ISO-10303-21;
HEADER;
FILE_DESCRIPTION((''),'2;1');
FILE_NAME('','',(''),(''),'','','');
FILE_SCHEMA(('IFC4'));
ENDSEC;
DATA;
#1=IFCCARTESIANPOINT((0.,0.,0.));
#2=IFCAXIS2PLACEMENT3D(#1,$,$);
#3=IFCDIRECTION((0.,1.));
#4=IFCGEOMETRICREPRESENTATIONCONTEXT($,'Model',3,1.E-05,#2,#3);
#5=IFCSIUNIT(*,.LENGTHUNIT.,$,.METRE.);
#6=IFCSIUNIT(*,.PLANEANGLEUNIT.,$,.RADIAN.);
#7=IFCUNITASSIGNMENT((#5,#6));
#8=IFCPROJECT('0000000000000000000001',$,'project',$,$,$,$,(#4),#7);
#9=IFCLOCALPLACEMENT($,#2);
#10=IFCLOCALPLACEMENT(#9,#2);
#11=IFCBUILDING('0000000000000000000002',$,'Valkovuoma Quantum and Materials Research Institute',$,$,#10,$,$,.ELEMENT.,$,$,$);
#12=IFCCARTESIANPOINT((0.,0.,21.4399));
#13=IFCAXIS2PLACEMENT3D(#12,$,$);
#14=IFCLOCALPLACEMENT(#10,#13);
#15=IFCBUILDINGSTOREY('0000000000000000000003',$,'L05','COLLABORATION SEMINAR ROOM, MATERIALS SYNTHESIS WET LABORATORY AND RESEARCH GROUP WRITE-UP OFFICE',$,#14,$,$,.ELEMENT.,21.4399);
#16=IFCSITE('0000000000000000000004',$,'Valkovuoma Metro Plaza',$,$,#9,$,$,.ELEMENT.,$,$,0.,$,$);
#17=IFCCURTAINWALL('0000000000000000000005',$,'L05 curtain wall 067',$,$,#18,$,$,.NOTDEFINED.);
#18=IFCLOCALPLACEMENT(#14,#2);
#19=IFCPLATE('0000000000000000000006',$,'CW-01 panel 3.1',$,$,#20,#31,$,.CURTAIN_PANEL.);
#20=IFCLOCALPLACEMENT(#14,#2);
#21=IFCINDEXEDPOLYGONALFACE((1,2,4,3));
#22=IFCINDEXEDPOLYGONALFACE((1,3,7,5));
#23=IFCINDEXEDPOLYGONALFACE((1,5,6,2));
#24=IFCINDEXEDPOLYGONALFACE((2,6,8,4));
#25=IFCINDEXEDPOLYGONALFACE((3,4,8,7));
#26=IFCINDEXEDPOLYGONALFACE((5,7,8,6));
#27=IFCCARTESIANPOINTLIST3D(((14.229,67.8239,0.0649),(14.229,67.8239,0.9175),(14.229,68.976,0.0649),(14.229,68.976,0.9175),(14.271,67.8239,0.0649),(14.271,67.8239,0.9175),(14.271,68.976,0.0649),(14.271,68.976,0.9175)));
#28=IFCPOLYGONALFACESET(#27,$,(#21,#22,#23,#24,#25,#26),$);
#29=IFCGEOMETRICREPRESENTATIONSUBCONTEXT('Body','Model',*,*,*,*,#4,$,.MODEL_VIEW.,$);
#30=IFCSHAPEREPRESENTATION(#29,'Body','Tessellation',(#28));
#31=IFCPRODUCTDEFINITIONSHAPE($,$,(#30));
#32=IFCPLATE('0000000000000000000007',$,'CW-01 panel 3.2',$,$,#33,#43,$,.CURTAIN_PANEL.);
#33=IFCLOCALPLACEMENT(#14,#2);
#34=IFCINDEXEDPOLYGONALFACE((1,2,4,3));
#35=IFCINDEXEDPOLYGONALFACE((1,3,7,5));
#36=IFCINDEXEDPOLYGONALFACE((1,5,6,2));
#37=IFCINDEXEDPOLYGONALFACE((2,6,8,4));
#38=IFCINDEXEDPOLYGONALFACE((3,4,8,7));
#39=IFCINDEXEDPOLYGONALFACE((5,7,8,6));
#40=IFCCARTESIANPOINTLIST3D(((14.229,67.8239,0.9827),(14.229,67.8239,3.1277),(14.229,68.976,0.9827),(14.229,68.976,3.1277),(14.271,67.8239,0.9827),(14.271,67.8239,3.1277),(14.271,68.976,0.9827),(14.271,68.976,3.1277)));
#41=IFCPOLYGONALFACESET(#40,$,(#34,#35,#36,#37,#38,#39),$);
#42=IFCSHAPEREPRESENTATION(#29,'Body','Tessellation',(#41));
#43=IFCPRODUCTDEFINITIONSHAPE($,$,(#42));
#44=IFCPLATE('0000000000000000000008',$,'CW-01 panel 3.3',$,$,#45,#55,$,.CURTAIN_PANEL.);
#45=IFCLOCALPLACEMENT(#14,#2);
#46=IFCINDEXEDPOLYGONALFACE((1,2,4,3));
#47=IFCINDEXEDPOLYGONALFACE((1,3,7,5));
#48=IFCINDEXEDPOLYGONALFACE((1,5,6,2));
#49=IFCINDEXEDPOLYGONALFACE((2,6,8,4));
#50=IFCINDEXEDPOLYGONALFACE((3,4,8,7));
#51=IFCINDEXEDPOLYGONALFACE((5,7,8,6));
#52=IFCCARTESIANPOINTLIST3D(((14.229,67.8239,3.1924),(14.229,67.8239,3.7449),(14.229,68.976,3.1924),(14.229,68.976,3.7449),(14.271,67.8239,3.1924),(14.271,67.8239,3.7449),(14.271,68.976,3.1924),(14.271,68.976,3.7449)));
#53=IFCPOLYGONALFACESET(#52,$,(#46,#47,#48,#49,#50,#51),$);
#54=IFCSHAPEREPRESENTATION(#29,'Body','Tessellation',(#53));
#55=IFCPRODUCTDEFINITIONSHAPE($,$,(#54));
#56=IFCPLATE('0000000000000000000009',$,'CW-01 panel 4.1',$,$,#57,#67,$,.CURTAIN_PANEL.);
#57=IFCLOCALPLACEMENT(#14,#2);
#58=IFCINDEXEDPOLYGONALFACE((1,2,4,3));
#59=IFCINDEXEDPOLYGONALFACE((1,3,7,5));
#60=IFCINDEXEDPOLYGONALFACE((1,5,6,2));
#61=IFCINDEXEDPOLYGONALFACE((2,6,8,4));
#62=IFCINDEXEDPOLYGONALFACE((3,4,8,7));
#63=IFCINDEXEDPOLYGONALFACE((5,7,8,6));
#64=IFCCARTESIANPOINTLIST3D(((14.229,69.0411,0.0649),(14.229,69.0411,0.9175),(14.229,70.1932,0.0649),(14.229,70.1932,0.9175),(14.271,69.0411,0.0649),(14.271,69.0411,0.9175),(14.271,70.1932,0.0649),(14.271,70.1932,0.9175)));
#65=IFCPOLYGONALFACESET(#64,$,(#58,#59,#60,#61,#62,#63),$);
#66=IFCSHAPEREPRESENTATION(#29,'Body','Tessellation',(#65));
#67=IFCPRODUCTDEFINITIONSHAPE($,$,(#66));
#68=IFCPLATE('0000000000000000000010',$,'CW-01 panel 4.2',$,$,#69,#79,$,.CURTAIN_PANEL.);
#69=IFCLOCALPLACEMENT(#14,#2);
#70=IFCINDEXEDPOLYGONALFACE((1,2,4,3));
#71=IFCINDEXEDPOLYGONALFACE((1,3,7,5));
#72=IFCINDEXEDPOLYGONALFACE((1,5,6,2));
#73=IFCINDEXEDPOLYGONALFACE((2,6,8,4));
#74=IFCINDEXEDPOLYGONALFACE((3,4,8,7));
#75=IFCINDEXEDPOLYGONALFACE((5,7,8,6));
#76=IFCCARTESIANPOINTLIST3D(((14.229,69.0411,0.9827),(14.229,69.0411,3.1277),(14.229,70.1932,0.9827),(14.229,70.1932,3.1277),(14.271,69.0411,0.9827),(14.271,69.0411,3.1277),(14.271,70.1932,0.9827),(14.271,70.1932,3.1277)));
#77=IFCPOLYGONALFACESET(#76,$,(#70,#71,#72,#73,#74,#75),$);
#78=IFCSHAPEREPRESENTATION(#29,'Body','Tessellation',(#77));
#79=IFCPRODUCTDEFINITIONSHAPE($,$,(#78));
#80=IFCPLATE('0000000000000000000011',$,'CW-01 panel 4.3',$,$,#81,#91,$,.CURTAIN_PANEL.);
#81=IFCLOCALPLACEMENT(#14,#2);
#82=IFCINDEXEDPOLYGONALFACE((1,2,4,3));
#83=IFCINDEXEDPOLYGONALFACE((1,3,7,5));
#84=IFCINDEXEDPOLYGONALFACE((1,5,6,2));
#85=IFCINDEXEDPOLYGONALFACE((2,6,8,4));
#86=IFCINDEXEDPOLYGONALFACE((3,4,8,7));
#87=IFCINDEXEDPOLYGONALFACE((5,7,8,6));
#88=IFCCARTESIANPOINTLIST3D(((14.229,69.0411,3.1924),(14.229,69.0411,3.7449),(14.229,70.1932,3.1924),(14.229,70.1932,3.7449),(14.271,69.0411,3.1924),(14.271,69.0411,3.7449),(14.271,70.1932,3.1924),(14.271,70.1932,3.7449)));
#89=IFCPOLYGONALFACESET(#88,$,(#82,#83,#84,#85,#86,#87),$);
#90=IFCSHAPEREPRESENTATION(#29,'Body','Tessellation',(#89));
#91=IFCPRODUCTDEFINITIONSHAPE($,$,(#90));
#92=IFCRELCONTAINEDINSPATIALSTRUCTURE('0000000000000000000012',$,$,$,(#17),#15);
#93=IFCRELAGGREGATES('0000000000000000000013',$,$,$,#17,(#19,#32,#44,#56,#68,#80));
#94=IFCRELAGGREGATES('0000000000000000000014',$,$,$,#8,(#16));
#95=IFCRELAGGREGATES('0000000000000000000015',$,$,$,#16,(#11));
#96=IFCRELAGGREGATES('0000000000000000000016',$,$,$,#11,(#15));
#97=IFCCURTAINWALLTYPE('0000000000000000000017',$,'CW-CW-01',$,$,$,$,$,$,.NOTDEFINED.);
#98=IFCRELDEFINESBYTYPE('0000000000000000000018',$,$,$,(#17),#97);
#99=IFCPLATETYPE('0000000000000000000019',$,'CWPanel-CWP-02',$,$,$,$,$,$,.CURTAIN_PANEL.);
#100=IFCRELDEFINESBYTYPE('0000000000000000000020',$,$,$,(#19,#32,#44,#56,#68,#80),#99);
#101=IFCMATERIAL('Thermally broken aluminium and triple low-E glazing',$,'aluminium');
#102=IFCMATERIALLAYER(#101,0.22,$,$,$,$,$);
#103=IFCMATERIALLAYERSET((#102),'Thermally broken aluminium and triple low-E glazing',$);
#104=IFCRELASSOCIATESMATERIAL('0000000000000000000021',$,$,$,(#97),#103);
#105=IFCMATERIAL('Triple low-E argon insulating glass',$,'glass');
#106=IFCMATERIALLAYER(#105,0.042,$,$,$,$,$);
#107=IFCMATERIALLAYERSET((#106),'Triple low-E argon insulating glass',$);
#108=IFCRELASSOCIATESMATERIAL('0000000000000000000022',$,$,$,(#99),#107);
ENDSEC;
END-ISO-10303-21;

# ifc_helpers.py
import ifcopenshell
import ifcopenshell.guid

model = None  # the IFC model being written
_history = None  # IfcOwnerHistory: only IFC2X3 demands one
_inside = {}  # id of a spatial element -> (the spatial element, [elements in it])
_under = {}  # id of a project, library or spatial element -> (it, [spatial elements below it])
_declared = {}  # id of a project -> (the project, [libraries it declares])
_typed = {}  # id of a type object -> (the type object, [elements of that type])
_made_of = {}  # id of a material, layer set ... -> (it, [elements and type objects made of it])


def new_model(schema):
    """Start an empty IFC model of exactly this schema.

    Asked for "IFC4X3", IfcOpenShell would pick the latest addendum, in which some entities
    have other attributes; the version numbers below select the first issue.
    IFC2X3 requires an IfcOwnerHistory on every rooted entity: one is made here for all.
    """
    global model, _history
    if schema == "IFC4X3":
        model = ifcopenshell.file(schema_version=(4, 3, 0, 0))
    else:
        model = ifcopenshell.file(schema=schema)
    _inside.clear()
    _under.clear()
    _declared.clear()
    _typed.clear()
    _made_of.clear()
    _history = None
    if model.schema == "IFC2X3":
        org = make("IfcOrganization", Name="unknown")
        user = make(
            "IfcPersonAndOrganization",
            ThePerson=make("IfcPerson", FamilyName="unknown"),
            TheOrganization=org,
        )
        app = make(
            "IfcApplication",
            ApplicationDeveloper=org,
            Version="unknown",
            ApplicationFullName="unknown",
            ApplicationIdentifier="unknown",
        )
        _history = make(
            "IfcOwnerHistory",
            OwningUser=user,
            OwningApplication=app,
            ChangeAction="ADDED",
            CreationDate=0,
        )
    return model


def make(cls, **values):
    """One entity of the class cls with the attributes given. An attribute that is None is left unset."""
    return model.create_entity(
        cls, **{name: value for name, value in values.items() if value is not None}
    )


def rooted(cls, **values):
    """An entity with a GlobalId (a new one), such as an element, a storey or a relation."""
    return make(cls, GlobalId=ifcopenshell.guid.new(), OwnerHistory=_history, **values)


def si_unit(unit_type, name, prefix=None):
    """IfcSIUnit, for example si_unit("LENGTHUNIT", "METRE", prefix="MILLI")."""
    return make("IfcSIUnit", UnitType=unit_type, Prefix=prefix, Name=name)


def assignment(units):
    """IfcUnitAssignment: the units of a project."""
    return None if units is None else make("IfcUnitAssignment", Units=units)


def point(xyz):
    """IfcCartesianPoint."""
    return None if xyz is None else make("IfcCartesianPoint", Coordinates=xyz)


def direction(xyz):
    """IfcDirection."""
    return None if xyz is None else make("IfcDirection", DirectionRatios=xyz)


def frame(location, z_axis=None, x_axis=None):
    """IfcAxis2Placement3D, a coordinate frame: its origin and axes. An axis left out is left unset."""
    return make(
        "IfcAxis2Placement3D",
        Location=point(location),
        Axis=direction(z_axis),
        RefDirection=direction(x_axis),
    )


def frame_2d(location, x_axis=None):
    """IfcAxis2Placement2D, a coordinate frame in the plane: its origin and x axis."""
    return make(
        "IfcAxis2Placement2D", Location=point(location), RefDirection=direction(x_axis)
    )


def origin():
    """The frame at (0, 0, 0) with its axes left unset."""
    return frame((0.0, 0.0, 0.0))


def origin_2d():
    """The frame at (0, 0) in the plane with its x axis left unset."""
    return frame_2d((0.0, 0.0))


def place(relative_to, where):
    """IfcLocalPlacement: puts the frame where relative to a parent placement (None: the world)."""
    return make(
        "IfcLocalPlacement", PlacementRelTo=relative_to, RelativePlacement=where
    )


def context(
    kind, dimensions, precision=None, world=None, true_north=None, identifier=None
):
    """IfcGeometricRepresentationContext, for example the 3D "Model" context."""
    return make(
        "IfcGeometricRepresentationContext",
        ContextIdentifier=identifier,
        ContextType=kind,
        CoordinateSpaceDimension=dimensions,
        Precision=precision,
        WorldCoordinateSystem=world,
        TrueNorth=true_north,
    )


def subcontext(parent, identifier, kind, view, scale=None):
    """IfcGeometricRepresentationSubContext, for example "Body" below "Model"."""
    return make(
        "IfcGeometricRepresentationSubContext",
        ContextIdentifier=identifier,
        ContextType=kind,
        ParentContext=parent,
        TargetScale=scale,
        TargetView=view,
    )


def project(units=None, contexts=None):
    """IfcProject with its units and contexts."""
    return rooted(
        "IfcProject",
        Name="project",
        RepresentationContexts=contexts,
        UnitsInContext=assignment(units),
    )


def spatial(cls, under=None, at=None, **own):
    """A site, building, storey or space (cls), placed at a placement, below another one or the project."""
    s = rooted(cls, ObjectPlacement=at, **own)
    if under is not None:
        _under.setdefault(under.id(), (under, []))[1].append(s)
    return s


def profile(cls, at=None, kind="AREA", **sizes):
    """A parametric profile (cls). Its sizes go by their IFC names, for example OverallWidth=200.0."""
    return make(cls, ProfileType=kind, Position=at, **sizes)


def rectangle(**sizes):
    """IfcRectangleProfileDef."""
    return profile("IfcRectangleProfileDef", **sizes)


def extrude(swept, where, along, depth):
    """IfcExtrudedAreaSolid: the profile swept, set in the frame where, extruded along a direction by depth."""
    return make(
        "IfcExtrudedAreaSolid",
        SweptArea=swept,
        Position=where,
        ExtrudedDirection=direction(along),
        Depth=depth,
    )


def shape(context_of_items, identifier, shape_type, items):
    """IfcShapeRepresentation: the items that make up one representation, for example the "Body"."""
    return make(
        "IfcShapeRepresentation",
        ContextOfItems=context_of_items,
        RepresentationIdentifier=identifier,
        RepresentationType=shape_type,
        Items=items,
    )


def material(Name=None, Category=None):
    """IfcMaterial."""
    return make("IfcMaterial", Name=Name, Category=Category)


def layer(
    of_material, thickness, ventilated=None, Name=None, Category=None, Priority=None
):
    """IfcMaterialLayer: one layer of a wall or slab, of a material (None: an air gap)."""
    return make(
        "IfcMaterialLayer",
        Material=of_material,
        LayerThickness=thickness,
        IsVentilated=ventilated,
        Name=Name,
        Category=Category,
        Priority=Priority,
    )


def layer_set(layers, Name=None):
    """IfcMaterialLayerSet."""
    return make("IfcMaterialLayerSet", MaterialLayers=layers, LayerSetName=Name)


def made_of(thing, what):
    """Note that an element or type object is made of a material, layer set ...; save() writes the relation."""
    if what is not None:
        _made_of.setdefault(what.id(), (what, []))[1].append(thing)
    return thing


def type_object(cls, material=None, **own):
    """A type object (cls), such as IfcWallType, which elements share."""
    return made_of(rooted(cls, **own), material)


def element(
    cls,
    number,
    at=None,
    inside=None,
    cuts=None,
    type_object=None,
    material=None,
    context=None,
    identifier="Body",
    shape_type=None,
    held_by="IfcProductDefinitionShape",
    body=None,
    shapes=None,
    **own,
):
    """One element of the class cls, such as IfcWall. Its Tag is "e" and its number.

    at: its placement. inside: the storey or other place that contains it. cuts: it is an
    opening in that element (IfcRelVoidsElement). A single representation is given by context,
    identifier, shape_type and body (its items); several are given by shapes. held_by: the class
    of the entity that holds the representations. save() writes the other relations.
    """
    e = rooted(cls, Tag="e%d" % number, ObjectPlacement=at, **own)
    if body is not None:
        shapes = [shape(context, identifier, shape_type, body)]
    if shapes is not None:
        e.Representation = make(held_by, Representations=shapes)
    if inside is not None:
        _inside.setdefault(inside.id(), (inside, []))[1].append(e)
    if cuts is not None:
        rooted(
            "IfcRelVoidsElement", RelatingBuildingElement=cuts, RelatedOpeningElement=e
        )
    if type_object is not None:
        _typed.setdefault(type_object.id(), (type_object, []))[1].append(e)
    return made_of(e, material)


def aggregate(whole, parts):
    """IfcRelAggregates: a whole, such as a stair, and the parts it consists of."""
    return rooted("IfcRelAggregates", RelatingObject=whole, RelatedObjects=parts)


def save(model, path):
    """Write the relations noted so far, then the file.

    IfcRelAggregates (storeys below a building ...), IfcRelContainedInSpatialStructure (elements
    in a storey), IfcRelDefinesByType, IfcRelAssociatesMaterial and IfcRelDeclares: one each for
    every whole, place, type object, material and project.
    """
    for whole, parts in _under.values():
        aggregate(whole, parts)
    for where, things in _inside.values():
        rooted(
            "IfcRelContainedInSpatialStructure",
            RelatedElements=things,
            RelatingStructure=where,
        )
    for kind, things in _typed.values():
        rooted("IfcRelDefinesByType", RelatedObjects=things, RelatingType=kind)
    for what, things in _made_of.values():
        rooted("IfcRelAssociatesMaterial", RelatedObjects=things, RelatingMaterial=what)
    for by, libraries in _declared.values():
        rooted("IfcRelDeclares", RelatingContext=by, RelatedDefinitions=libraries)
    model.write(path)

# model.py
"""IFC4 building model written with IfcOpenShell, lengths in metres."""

from ifc_helpers import new_model, si_unit, direction, frame, origin, origin_2d, place, context, subcontext, project, spatial, rectangle, extrude, material, layer, layer_set, type_object, element, aggregate, save


model = new_model("IFC4")

# Units and contexts
model_context = context("Model", 3, precision=1e-05, world=origin(), true_north=direction((0.0, 1.0)))
body_context = subcontext(model_context, "Body", "Model", "MODEL_VIEW")
ifc_project = project(units=[si_unit("LENGTHUNIT", "METRE"), si_unit("PLANEANGLEUNIT", "RADIAN")], contexts=[model_context])

# Site, building, storey
site_placement = place(None, origin())
site = spatial("IfcSite", under=ifc_project, at=site_placement, Name="Valkovuoma Metro Plaza", CompositionType="ELEMENT", RefElevation=0.0)
building_placement = place(site_placement, origin())
building = spatial("IfcBuilding", under=site, at=building_placement, Name="Valkovuoma Quantum and Materials Research Institute", CompositionType="ELEMENT")
storey_placement = place(building_placement, frame((0.0, 0.0, 21.4399)))
storey = spatial("IfcBuildingStorey", under=building, at=storey_placement, Name="L05", Description="COLLABORATION SEMINAR ROOM, MATERIALS SYNTHESIS WET LABORATORY AND RESEARCH GROUP WRITE-UP OFFICE", CompositionType="ELEMENT", Elevation=21.4399)

# Curtain wall, plates
ifc_material_1 = material(Name="Thermally broken aluminium and triple low-E glazing", Category="aluminium")
ifc_layer_1 = layer(ifc_material_1, 0.22)
ifc_layer_set_1 = layer_set([ifc_layer_1], Name="Thermally broken aluminium and triple low-E glazing")
curtain_wall_type = type_object("IfcCurtainWallType", Name="CW-CW-01", PredefinedType="NOTDEFINED", material=ifc_layer_set_1)
curtain_wall_placement = place(storey_placement, origin())
curtain_wall = element("IfcCurtainWall", 1, at=curtain_wall_placement, inside=storey, type_object=curtain_wall_type, Name="L05 curtain wall 067", PredefinedType="NOTDEFINED")
ifc_material_2 = material(Name="Triple low-E argon insulating glass", Category="glass")
ifc_layer_2 = layer(ifc_material_2, 0.042)
ifc_layer_set_2 = layer_set([ifc_layer_2], Name="Triple low-E argon insulating glass")
plate_type = type_object("IfcPlateType", Name="CWPanel-CWP-02", PredefinedType="CURTAIN_PANEL", material=ifc_layer_set_2)
plate_1_placement = place(storey_placement, frame((14.25, 68.3999, 0.0649), z_axis=(0.0, 0.0, 1.0), x_axis=(0.0, 1.0, 0.0)))
plate_1 = element("IfcPlate", 2, at=plate_1_placement, type_object=plate_type, Name="CW-01 panel 3.1", PredefinedType="CURTAIN_PANEL", context=body_context, shape_type="SweptSolid", body=[
    extrude(rectangle(XDim=1.1521, YDim=0.042, at=origin_2d()), origin(), (0.0, 0.0, 1.0), 0.8525),
])
plate_2_placement = place(storey_placement, frame((14.25, 68.3999, 0.9827), z_axis=(0.0, 0.0, 1.0), x_axis=(0.0, 1.0, 0.0)))
plate_2 = element("IfcPlate", 3, at=plate_2_placement, type_object=plate_type, Name="CW-01 panel 3.2", PredefinedType="CURTAIN_PANEL", context=body_context, shape_type="SweptSolid", body=[
    extrude(rectangle(XDim=1.1521, YDim=0.042, at=origin_2d()), origin(), (0.0, 0.0, 1.0), 2.145),
])
plate_3_placement = place(storey_placement, frame((14.25, 68.3999, 3.1924), z_axis=(0.0, 0.0, 1.0), x_axis=(0.0, 1.0, 0.0)))
plate_3 = element("IfcPlate", 4, at=plate_3_placement, type_object=plate_type, Name="CW-01 panel 3.3", PredefinedType="CURTAIN_PANEL", context=body_context, shape_type="SweptSolid", body=[
    extrude(rectangle(XDim=1.1521, YDim=0.042, at=origin_2d()), origin(), (0.0, 0.0, 1.0), 0.5525),
])
plate_4_placement = place(storey_placement, frame((14.25, 69.6172, 0.0649), z_axis=(0.0, 0.0, 1.0), x_axis=(0.0, 1.0, 0.0)))
plate_4 = element("IfcPlate", 5, at=plate_4_placement, type_object=plate_type, Name="CW-01 panel 4.1", PredefinedType="CURTAIN_PANEL", context=body_context, shape_type="SweptSolid", body=[
    extrude(rectangle(XDim=1.1521, YDim=0.042, at=origin_2d()), origin(), (0.0, 0.0, 1.0), 0.8525),
])
plate_5_placement = place(storey_placement, frame((14.25, 69.6172, 0.9827), z_axis=(0.0, 0.0, 1.0), x_axis=(0.0, 1.0, 0.0)))
plate_5 = element("IfcPlate", 6, at=plate_5_placement, type_object=plate_type, Name="CW-01 panel 4.2", PredefinedType="CURTAIN_PANEL", context=body_context, shape_type="SweptSolid", body=[
    extrude(rectangle(XDim=1.1521, YDim=0.042, at=origin_2d()), origin(), (0.0, 0.0, 1.0), 2.145),
])
plate_6_placement = place(storey_placement, frame((14.25, 69.6172, 3.1924), z_axis=(0.0, 0.0, 1.0), x_axis=(0.0, 1.0, 0.0)))
plate_6 = element("IfcPlate", 7, at=plate_6_placement, type_object=plate_type, Name="CW-01 panel 4.3", PredefinedType="CURTAIN_PANEL", context=body_context, shape_type="SweptSolid", body=[
    extrude(rectangle(XDim=1.1521, YDim=0.042, at=origin_2d()), origin(), (0.0, 0.0, 1.0), 0.5525),
])
aggregate(curtain_wall, [plate_1, plate_2, plate_3, plate_4, plate_5, plate_6])

save(model, "model.ifc")
